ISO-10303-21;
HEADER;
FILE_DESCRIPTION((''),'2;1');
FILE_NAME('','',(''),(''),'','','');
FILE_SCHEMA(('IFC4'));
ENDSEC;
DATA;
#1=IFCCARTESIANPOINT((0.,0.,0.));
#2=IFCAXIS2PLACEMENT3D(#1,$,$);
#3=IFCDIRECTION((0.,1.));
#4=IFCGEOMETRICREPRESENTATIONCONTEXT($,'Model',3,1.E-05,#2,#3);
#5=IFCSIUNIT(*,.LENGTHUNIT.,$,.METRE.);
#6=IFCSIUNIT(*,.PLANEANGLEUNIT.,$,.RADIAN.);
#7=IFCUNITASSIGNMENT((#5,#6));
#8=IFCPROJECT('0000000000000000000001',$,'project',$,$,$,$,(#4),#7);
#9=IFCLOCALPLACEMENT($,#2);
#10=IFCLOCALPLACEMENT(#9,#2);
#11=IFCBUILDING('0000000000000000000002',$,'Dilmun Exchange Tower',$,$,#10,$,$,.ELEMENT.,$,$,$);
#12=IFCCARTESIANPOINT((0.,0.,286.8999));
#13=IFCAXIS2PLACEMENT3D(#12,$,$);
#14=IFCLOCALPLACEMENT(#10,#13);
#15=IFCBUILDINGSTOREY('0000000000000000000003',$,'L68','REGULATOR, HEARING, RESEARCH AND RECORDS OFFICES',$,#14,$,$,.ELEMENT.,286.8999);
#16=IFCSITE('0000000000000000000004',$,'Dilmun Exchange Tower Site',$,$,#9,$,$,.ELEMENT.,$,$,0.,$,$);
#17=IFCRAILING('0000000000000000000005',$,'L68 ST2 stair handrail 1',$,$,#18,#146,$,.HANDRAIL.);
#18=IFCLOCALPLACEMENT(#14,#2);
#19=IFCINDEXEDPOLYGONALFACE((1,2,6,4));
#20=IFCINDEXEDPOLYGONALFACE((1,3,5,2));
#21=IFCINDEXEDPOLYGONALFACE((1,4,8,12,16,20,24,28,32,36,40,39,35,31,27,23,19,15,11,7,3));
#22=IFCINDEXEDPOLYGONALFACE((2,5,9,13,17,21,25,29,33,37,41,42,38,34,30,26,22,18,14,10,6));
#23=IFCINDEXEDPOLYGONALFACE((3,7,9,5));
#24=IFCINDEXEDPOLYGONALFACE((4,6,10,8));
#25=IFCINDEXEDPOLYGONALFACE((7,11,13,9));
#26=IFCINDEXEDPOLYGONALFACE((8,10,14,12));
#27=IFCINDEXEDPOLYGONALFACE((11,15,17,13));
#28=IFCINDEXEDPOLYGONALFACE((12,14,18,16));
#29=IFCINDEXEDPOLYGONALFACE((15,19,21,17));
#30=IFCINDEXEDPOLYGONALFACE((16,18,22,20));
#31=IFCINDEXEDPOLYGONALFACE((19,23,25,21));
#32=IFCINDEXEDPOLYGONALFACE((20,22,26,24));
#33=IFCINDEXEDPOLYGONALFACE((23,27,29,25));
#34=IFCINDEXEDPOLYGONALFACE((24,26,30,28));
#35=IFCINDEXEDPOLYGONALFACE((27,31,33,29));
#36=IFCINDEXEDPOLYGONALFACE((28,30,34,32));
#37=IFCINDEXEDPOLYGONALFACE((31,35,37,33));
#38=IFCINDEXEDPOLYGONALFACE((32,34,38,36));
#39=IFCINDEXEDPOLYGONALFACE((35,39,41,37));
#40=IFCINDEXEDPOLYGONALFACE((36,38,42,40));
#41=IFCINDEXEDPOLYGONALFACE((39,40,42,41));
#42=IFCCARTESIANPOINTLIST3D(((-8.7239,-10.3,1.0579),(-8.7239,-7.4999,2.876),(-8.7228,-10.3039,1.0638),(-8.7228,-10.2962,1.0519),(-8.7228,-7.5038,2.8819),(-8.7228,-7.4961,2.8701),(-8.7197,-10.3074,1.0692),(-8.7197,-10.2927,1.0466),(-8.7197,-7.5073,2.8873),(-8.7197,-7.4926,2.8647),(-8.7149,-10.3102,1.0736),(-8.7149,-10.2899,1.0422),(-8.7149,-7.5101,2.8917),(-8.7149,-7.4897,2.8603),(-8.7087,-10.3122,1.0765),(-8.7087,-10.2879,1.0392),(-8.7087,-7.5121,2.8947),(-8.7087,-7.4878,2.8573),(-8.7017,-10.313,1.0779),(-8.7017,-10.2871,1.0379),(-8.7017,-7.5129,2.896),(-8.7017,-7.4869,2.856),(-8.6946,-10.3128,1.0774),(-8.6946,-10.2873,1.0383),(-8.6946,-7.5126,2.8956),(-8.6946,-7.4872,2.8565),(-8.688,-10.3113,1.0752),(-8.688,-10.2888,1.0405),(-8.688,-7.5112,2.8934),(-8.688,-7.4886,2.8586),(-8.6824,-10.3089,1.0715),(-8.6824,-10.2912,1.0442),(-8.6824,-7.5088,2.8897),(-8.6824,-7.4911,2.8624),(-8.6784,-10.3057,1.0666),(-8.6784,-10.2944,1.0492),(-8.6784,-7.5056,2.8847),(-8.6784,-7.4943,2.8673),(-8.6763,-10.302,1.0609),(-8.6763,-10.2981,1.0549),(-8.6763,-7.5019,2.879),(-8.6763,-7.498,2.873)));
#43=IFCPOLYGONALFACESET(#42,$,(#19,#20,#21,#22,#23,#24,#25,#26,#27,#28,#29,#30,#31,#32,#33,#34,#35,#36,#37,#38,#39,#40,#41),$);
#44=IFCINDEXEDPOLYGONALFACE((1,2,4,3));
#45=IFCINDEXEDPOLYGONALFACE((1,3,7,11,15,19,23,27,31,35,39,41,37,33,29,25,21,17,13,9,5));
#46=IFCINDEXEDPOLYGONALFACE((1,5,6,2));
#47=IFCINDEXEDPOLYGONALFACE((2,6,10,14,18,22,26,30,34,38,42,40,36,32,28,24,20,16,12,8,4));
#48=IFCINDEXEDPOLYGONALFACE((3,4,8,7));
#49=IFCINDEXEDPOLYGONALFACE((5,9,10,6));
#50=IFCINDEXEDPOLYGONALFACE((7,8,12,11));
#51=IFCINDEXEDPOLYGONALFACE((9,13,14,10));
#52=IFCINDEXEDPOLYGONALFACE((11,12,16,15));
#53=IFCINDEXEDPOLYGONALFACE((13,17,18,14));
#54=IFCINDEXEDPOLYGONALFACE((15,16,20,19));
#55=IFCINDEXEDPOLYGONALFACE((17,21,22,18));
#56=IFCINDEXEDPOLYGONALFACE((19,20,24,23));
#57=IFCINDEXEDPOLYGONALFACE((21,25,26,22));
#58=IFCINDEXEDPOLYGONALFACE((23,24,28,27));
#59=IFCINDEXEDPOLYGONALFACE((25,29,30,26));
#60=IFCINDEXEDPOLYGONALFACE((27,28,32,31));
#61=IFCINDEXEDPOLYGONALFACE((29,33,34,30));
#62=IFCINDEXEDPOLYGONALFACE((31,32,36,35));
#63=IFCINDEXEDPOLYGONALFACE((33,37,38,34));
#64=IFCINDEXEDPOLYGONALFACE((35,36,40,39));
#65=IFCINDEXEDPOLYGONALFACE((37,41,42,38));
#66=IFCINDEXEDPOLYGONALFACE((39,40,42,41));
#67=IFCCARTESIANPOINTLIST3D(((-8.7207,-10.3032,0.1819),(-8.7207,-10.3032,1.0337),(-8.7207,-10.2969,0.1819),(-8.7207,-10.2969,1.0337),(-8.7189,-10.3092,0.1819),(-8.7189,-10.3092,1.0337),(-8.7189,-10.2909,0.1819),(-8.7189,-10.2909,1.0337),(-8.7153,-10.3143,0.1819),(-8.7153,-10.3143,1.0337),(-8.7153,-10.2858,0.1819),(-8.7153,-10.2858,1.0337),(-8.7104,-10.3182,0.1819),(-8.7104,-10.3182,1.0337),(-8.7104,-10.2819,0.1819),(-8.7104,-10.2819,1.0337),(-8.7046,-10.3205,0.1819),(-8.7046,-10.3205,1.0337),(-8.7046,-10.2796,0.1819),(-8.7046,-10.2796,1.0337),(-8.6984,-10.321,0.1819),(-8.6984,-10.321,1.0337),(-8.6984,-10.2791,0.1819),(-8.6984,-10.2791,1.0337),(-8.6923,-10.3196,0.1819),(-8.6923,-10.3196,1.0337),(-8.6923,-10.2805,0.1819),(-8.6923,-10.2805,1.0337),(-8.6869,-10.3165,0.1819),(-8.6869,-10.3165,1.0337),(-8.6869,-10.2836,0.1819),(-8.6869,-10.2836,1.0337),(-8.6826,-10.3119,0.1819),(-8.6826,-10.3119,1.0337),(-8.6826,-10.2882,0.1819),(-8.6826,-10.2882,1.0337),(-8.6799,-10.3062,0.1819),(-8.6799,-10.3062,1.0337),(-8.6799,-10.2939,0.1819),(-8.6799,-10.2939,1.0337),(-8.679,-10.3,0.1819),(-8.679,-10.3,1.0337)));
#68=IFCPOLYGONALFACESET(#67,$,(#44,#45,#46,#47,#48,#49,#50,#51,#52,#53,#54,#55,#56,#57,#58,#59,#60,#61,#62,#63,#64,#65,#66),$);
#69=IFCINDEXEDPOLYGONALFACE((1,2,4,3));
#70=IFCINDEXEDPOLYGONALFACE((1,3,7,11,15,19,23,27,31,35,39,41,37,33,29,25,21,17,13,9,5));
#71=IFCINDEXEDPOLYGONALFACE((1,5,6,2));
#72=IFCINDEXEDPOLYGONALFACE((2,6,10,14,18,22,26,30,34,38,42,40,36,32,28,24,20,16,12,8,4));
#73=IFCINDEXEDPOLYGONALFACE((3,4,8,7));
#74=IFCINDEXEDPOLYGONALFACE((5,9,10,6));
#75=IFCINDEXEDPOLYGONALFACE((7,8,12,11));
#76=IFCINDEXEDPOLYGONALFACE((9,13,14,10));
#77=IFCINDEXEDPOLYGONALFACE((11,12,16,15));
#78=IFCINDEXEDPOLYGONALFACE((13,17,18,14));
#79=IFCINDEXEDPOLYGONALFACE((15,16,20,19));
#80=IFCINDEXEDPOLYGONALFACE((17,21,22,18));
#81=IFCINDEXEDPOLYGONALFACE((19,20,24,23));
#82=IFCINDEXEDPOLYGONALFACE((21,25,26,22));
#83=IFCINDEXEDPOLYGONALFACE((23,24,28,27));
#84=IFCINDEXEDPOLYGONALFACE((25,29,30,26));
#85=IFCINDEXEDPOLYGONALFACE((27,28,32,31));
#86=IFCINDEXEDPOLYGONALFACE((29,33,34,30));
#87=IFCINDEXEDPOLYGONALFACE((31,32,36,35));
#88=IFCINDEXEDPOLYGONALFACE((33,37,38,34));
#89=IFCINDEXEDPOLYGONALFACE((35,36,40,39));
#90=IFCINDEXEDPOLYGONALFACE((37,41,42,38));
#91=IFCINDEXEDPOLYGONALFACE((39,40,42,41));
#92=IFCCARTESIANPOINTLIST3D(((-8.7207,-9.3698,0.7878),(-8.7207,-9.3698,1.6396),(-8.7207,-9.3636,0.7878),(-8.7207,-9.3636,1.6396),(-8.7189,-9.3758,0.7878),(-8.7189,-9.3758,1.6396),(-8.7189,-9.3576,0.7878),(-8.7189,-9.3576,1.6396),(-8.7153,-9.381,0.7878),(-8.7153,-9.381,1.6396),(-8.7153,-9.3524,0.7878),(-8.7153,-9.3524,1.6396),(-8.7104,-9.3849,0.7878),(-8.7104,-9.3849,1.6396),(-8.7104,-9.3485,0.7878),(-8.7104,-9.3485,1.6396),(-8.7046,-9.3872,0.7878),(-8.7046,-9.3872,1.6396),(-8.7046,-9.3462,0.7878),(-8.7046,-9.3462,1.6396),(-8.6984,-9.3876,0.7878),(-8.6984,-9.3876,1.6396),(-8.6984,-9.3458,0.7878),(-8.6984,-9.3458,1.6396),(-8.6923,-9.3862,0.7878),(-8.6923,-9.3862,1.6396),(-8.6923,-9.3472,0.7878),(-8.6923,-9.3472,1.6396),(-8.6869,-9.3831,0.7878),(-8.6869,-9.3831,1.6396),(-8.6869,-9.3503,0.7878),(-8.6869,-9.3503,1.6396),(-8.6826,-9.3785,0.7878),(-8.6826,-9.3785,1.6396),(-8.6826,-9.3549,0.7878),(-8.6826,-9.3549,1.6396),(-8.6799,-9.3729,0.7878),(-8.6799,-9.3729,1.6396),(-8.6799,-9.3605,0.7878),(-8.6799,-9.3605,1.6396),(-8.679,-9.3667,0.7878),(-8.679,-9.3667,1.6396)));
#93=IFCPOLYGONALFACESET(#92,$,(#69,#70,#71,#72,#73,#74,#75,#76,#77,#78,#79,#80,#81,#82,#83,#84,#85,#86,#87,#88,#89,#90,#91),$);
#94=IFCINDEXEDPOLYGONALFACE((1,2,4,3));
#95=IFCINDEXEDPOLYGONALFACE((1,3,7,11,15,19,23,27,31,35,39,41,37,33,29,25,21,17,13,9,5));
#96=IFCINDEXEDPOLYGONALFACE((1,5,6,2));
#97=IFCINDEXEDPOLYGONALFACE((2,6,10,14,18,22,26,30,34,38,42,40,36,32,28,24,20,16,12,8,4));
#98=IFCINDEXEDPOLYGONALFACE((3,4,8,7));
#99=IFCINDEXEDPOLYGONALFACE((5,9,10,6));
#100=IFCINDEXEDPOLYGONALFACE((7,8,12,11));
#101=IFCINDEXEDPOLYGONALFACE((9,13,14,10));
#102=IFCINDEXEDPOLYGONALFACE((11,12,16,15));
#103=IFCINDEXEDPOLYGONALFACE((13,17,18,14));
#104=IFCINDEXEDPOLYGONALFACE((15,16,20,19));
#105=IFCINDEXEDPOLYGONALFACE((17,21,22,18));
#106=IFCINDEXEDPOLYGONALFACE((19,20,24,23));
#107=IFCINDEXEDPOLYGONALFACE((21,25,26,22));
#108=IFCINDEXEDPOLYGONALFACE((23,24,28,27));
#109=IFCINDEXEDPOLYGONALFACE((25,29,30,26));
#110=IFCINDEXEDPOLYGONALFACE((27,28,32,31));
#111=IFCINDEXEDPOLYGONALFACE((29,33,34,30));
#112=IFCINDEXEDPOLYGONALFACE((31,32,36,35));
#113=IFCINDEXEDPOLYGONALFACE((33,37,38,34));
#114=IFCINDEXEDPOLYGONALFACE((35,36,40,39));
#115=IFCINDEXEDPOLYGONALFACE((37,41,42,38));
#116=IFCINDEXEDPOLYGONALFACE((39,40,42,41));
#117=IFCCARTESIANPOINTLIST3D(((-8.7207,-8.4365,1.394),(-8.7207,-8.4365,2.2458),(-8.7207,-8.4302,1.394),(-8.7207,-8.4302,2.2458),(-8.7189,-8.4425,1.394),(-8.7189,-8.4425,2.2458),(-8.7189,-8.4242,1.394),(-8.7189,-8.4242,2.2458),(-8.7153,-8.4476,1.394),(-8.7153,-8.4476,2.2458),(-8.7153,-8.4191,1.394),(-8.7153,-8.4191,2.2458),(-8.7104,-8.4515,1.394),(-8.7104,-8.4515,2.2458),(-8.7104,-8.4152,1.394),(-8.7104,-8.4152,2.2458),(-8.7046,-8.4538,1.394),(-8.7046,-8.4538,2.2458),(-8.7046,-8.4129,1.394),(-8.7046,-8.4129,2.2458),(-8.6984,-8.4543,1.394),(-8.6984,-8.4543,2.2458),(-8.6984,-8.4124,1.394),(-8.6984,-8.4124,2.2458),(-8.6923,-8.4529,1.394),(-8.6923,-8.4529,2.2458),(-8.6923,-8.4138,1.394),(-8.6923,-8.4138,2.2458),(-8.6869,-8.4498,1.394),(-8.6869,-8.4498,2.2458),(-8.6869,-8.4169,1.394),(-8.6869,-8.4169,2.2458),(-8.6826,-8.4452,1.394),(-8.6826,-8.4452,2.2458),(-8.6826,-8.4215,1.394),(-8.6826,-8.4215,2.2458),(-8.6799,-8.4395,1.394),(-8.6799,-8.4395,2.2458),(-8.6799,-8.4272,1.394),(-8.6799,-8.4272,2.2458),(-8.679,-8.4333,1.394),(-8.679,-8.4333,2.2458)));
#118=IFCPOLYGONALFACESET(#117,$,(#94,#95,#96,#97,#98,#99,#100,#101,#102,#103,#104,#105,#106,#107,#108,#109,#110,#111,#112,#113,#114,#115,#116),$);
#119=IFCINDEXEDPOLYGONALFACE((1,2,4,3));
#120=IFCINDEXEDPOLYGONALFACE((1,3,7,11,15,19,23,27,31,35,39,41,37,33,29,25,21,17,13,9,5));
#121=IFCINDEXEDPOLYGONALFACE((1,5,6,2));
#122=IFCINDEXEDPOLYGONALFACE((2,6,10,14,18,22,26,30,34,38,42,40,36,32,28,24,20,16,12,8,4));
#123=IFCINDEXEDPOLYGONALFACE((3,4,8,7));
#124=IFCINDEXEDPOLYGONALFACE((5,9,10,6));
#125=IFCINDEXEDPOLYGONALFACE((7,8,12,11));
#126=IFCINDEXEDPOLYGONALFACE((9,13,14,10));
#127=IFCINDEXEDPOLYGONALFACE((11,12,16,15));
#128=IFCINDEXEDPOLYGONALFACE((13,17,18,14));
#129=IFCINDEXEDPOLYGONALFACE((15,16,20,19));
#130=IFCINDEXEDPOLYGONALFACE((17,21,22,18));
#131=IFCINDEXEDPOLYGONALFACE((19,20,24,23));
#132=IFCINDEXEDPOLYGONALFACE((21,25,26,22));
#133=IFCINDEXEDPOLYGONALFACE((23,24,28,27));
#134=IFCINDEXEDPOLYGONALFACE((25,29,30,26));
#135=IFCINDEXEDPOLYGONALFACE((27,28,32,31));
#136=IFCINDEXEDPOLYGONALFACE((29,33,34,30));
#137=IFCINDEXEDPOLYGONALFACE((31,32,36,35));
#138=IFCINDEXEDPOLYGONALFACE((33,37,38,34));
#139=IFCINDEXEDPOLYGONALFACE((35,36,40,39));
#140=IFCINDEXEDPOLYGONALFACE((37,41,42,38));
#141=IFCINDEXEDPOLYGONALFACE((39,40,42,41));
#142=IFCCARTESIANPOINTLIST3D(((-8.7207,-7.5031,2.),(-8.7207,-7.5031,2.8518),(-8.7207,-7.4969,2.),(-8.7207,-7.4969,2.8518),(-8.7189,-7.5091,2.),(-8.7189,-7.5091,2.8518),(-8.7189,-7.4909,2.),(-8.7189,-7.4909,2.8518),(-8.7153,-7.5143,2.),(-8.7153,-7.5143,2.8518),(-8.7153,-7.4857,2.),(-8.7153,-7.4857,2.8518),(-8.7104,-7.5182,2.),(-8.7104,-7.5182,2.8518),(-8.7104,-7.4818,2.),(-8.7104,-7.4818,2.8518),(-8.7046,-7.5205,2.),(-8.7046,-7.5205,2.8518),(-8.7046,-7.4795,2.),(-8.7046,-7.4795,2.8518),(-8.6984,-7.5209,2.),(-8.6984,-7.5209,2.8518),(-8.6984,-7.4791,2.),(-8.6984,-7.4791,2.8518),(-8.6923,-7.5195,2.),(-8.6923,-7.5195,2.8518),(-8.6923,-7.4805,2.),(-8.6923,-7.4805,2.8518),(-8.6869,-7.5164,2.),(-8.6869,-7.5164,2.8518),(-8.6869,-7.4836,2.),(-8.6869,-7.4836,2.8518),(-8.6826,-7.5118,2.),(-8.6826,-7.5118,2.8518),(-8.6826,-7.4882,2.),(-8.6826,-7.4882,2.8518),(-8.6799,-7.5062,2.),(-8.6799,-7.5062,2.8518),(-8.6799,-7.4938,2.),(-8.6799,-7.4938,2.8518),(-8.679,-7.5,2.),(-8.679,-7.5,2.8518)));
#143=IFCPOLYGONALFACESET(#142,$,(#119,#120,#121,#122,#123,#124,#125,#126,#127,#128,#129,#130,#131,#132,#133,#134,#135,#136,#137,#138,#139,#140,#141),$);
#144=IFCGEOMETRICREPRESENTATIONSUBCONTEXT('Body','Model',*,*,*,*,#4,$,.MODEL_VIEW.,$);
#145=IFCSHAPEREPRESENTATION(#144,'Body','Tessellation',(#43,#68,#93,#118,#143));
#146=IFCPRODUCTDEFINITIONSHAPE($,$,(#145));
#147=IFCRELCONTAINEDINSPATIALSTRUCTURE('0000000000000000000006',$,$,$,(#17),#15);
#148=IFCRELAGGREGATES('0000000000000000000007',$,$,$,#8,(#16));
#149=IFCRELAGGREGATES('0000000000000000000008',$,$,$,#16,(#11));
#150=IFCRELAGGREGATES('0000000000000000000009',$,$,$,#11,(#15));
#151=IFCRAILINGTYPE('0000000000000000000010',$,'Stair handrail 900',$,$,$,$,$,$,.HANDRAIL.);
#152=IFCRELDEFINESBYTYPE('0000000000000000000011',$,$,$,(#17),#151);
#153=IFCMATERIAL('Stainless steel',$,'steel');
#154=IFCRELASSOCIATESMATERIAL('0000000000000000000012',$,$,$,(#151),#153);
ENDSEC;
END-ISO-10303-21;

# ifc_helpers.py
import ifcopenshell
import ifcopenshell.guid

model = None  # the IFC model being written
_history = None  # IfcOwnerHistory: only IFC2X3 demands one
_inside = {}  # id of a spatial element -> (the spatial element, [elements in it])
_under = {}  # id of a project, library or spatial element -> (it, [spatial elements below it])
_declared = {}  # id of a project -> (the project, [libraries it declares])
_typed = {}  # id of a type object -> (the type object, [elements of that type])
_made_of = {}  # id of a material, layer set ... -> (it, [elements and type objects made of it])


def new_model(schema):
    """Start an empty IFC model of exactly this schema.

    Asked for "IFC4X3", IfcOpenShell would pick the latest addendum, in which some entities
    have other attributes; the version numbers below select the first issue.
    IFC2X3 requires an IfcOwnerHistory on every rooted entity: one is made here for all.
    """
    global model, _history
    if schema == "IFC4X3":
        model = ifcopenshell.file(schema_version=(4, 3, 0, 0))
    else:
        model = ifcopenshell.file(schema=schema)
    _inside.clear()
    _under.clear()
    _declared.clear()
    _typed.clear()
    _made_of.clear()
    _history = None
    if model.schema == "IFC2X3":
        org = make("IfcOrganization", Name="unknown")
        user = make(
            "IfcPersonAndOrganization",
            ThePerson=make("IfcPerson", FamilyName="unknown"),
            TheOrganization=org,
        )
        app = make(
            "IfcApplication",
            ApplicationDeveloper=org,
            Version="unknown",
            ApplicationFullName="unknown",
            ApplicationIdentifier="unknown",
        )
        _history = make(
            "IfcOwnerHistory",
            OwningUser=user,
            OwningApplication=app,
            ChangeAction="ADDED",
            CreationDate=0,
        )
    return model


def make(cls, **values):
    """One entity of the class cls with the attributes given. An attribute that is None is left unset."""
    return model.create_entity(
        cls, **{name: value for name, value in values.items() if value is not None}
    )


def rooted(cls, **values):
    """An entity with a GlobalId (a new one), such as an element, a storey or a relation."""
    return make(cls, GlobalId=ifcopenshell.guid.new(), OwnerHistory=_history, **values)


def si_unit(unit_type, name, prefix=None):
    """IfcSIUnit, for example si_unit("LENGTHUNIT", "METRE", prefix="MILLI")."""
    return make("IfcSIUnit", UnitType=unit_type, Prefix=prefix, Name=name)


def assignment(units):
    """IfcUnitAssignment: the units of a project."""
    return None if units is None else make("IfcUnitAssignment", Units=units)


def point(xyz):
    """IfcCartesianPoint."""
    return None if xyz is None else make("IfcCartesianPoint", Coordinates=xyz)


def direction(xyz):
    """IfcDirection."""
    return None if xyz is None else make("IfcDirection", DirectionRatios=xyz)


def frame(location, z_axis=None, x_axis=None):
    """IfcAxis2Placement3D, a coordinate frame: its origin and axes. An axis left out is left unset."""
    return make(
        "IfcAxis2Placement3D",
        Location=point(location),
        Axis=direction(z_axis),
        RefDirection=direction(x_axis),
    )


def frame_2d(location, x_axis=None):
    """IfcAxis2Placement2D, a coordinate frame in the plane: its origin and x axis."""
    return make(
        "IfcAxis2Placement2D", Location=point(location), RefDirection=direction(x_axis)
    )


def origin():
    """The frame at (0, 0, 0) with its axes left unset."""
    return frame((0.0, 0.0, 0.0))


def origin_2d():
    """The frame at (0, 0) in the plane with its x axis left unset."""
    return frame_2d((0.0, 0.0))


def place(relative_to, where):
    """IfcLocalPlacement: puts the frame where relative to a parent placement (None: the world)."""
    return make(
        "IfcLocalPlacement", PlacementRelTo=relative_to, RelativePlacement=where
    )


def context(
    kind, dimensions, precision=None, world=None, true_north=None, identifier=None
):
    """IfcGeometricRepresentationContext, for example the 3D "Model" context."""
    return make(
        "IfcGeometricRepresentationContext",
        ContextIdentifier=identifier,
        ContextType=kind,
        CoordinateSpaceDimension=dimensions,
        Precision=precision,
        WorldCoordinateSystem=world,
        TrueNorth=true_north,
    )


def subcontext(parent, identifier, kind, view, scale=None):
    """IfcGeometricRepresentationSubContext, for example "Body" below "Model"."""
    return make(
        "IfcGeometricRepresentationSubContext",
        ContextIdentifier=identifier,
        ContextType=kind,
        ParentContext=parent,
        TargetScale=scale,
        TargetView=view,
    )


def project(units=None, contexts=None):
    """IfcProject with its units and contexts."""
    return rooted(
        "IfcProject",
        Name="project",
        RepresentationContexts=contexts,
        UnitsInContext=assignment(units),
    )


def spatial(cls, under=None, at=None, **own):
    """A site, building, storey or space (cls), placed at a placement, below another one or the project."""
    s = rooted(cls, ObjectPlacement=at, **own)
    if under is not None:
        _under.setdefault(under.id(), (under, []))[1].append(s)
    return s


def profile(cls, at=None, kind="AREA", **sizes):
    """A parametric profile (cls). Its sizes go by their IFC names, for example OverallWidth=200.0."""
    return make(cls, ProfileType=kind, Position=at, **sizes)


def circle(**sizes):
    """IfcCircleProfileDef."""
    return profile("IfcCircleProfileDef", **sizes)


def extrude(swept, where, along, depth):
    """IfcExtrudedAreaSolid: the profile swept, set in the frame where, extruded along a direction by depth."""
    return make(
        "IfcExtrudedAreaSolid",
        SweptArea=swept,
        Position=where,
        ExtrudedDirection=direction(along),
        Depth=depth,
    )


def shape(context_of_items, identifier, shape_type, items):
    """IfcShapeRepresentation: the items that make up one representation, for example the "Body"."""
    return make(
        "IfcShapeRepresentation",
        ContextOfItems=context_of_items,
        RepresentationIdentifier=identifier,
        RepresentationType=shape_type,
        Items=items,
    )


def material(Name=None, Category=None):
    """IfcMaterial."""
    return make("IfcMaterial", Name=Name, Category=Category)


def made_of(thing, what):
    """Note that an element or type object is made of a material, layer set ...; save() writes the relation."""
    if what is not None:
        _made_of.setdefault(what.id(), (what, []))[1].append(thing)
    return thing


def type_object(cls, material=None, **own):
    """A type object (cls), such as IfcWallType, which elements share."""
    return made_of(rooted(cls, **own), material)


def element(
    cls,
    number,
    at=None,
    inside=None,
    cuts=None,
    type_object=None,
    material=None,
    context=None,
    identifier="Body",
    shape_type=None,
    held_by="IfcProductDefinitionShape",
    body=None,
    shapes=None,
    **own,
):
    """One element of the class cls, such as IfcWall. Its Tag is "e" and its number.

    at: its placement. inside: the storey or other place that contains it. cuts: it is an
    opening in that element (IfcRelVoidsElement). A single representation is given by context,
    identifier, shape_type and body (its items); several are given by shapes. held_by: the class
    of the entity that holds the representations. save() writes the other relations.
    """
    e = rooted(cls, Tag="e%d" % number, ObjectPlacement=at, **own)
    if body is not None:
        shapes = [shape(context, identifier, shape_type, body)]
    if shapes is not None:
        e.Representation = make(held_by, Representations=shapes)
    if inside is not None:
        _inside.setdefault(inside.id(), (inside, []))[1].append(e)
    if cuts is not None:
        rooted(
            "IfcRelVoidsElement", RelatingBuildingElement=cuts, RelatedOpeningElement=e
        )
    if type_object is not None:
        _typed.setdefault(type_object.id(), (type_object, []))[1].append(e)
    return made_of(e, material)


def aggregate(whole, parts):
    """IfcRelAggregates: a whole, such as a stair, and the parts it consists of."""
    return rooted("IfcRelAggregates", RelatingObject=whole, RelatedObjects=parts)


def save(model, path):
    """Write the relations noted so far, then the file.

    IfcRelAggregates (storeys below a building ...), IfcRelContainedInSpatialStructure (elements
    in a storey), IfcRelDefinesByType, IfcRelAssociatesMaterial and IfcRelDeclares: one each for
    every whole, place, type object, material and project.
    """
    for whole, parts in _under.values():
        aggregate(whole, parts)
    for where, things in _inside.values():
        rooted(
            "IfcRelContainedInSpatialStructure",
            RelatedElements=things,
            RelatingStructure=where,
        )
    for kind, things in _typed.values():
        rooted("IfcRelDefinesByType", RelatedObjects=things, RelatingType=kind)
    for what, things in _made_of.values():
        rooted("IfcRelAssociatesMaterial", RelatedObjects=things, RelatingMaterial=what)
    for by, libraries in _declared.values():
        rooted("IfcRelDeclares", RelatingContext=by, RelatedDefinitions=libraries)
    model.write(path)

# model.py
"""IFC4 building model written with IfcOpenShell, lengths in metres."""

from ifc_helpers import new_model, si_unit, direction, frame, origin, origin_2d, place, context, subcontext, project, spatial, circle, extrude, material, type_object, element, save


model = new_model("IFC4")

# Units and contexts
model_context = context("Model", 3, precision=1e-05, world=origin(), true_north=direction((0.0, 1.0)))
body_context = subcontext(model_context, "Body", "Model", "MODEL_VIEW")
ifc_project = project(units=[si_unit("LENGTHUNIT", "METRE"), si_unit("PLANEANGLEUNIT", "RADIAN")], contexts=[model_context])

# Site, building, storey
site_placement = place(None, origin())
site = spatial("IfcSite", under=ifc_project, at=site_placement, Name="Dilmun Exchange Tower Site", CompositionType="ELEMENT", RefElevation=0.0)
building_placement = place(site_placement, origin())
building = spatial("IfcBuilding", under=site, at=building_placement, Name="Dilmun Exchange Tower", CompositionType="ELEMENT")
storey_placement = place(building_placement, frame((0.0, 0.0, 286.8999)))
storey = spatial("IfcBuildingStorey", under=building, at=storey_placement, Name="L68", Description="REGULATOR, HEARING, RESEARCH AND RECORDS OFFICES", CompositionType="ELEMENT", Elevation=286.8999)

# Railing
ifc_material_1 = material(Name="Stainless steel", Category="steel")
railing_type = type_object("IfcRailingType", Name="Stair handrail 900", PredefinedType="HANDRAIL", material=ifc_material_1)
railing_placement = place(storey_placement, frame((-8.7, -10.3, 0.1819)))
element("IfcRailing", 1, at=railing_placement, inside=storey, type_object=railing_type, Name="L68 ST2 stair handrail 1", PredefinedType="HANDRAIL", context=body_context, shape_type="SweptSolid", body=[
    extrude(circle(Radius=0.0239, at=origin_2d()), frame((0.0, 0.0, 0.876), z_axis=(0.0, 0.838706, 0.544585), x_axis=(-1.0, 0.0, 0.0)), (0.0, 0.0, 1.0), 3.3386),
    extrude(circle(Radius=0.021, at=origin_2d()), origin(), (0.0, 0.0, 1.0), 0.8518),
    extrude(circle(Radius=0.021, at=origin_2d()), frame((0.0, 0.9333, 0.606)), (0.0, 0.0, 1.0), 0.8518),
    extrude(circle(Radius=0.021, at=origin_2d()), frame((0.0, 1.8667, 1.2122)), (0.0, 0.0, 1.0), 0.8518),
    extrude(circle(Radius=0.021, at=origin_2d()), frame((0.0, 2.8, 1.8181)), (0.0, 0.0, 1.0), 0.8518),
])

save(model, "model.ifc")
